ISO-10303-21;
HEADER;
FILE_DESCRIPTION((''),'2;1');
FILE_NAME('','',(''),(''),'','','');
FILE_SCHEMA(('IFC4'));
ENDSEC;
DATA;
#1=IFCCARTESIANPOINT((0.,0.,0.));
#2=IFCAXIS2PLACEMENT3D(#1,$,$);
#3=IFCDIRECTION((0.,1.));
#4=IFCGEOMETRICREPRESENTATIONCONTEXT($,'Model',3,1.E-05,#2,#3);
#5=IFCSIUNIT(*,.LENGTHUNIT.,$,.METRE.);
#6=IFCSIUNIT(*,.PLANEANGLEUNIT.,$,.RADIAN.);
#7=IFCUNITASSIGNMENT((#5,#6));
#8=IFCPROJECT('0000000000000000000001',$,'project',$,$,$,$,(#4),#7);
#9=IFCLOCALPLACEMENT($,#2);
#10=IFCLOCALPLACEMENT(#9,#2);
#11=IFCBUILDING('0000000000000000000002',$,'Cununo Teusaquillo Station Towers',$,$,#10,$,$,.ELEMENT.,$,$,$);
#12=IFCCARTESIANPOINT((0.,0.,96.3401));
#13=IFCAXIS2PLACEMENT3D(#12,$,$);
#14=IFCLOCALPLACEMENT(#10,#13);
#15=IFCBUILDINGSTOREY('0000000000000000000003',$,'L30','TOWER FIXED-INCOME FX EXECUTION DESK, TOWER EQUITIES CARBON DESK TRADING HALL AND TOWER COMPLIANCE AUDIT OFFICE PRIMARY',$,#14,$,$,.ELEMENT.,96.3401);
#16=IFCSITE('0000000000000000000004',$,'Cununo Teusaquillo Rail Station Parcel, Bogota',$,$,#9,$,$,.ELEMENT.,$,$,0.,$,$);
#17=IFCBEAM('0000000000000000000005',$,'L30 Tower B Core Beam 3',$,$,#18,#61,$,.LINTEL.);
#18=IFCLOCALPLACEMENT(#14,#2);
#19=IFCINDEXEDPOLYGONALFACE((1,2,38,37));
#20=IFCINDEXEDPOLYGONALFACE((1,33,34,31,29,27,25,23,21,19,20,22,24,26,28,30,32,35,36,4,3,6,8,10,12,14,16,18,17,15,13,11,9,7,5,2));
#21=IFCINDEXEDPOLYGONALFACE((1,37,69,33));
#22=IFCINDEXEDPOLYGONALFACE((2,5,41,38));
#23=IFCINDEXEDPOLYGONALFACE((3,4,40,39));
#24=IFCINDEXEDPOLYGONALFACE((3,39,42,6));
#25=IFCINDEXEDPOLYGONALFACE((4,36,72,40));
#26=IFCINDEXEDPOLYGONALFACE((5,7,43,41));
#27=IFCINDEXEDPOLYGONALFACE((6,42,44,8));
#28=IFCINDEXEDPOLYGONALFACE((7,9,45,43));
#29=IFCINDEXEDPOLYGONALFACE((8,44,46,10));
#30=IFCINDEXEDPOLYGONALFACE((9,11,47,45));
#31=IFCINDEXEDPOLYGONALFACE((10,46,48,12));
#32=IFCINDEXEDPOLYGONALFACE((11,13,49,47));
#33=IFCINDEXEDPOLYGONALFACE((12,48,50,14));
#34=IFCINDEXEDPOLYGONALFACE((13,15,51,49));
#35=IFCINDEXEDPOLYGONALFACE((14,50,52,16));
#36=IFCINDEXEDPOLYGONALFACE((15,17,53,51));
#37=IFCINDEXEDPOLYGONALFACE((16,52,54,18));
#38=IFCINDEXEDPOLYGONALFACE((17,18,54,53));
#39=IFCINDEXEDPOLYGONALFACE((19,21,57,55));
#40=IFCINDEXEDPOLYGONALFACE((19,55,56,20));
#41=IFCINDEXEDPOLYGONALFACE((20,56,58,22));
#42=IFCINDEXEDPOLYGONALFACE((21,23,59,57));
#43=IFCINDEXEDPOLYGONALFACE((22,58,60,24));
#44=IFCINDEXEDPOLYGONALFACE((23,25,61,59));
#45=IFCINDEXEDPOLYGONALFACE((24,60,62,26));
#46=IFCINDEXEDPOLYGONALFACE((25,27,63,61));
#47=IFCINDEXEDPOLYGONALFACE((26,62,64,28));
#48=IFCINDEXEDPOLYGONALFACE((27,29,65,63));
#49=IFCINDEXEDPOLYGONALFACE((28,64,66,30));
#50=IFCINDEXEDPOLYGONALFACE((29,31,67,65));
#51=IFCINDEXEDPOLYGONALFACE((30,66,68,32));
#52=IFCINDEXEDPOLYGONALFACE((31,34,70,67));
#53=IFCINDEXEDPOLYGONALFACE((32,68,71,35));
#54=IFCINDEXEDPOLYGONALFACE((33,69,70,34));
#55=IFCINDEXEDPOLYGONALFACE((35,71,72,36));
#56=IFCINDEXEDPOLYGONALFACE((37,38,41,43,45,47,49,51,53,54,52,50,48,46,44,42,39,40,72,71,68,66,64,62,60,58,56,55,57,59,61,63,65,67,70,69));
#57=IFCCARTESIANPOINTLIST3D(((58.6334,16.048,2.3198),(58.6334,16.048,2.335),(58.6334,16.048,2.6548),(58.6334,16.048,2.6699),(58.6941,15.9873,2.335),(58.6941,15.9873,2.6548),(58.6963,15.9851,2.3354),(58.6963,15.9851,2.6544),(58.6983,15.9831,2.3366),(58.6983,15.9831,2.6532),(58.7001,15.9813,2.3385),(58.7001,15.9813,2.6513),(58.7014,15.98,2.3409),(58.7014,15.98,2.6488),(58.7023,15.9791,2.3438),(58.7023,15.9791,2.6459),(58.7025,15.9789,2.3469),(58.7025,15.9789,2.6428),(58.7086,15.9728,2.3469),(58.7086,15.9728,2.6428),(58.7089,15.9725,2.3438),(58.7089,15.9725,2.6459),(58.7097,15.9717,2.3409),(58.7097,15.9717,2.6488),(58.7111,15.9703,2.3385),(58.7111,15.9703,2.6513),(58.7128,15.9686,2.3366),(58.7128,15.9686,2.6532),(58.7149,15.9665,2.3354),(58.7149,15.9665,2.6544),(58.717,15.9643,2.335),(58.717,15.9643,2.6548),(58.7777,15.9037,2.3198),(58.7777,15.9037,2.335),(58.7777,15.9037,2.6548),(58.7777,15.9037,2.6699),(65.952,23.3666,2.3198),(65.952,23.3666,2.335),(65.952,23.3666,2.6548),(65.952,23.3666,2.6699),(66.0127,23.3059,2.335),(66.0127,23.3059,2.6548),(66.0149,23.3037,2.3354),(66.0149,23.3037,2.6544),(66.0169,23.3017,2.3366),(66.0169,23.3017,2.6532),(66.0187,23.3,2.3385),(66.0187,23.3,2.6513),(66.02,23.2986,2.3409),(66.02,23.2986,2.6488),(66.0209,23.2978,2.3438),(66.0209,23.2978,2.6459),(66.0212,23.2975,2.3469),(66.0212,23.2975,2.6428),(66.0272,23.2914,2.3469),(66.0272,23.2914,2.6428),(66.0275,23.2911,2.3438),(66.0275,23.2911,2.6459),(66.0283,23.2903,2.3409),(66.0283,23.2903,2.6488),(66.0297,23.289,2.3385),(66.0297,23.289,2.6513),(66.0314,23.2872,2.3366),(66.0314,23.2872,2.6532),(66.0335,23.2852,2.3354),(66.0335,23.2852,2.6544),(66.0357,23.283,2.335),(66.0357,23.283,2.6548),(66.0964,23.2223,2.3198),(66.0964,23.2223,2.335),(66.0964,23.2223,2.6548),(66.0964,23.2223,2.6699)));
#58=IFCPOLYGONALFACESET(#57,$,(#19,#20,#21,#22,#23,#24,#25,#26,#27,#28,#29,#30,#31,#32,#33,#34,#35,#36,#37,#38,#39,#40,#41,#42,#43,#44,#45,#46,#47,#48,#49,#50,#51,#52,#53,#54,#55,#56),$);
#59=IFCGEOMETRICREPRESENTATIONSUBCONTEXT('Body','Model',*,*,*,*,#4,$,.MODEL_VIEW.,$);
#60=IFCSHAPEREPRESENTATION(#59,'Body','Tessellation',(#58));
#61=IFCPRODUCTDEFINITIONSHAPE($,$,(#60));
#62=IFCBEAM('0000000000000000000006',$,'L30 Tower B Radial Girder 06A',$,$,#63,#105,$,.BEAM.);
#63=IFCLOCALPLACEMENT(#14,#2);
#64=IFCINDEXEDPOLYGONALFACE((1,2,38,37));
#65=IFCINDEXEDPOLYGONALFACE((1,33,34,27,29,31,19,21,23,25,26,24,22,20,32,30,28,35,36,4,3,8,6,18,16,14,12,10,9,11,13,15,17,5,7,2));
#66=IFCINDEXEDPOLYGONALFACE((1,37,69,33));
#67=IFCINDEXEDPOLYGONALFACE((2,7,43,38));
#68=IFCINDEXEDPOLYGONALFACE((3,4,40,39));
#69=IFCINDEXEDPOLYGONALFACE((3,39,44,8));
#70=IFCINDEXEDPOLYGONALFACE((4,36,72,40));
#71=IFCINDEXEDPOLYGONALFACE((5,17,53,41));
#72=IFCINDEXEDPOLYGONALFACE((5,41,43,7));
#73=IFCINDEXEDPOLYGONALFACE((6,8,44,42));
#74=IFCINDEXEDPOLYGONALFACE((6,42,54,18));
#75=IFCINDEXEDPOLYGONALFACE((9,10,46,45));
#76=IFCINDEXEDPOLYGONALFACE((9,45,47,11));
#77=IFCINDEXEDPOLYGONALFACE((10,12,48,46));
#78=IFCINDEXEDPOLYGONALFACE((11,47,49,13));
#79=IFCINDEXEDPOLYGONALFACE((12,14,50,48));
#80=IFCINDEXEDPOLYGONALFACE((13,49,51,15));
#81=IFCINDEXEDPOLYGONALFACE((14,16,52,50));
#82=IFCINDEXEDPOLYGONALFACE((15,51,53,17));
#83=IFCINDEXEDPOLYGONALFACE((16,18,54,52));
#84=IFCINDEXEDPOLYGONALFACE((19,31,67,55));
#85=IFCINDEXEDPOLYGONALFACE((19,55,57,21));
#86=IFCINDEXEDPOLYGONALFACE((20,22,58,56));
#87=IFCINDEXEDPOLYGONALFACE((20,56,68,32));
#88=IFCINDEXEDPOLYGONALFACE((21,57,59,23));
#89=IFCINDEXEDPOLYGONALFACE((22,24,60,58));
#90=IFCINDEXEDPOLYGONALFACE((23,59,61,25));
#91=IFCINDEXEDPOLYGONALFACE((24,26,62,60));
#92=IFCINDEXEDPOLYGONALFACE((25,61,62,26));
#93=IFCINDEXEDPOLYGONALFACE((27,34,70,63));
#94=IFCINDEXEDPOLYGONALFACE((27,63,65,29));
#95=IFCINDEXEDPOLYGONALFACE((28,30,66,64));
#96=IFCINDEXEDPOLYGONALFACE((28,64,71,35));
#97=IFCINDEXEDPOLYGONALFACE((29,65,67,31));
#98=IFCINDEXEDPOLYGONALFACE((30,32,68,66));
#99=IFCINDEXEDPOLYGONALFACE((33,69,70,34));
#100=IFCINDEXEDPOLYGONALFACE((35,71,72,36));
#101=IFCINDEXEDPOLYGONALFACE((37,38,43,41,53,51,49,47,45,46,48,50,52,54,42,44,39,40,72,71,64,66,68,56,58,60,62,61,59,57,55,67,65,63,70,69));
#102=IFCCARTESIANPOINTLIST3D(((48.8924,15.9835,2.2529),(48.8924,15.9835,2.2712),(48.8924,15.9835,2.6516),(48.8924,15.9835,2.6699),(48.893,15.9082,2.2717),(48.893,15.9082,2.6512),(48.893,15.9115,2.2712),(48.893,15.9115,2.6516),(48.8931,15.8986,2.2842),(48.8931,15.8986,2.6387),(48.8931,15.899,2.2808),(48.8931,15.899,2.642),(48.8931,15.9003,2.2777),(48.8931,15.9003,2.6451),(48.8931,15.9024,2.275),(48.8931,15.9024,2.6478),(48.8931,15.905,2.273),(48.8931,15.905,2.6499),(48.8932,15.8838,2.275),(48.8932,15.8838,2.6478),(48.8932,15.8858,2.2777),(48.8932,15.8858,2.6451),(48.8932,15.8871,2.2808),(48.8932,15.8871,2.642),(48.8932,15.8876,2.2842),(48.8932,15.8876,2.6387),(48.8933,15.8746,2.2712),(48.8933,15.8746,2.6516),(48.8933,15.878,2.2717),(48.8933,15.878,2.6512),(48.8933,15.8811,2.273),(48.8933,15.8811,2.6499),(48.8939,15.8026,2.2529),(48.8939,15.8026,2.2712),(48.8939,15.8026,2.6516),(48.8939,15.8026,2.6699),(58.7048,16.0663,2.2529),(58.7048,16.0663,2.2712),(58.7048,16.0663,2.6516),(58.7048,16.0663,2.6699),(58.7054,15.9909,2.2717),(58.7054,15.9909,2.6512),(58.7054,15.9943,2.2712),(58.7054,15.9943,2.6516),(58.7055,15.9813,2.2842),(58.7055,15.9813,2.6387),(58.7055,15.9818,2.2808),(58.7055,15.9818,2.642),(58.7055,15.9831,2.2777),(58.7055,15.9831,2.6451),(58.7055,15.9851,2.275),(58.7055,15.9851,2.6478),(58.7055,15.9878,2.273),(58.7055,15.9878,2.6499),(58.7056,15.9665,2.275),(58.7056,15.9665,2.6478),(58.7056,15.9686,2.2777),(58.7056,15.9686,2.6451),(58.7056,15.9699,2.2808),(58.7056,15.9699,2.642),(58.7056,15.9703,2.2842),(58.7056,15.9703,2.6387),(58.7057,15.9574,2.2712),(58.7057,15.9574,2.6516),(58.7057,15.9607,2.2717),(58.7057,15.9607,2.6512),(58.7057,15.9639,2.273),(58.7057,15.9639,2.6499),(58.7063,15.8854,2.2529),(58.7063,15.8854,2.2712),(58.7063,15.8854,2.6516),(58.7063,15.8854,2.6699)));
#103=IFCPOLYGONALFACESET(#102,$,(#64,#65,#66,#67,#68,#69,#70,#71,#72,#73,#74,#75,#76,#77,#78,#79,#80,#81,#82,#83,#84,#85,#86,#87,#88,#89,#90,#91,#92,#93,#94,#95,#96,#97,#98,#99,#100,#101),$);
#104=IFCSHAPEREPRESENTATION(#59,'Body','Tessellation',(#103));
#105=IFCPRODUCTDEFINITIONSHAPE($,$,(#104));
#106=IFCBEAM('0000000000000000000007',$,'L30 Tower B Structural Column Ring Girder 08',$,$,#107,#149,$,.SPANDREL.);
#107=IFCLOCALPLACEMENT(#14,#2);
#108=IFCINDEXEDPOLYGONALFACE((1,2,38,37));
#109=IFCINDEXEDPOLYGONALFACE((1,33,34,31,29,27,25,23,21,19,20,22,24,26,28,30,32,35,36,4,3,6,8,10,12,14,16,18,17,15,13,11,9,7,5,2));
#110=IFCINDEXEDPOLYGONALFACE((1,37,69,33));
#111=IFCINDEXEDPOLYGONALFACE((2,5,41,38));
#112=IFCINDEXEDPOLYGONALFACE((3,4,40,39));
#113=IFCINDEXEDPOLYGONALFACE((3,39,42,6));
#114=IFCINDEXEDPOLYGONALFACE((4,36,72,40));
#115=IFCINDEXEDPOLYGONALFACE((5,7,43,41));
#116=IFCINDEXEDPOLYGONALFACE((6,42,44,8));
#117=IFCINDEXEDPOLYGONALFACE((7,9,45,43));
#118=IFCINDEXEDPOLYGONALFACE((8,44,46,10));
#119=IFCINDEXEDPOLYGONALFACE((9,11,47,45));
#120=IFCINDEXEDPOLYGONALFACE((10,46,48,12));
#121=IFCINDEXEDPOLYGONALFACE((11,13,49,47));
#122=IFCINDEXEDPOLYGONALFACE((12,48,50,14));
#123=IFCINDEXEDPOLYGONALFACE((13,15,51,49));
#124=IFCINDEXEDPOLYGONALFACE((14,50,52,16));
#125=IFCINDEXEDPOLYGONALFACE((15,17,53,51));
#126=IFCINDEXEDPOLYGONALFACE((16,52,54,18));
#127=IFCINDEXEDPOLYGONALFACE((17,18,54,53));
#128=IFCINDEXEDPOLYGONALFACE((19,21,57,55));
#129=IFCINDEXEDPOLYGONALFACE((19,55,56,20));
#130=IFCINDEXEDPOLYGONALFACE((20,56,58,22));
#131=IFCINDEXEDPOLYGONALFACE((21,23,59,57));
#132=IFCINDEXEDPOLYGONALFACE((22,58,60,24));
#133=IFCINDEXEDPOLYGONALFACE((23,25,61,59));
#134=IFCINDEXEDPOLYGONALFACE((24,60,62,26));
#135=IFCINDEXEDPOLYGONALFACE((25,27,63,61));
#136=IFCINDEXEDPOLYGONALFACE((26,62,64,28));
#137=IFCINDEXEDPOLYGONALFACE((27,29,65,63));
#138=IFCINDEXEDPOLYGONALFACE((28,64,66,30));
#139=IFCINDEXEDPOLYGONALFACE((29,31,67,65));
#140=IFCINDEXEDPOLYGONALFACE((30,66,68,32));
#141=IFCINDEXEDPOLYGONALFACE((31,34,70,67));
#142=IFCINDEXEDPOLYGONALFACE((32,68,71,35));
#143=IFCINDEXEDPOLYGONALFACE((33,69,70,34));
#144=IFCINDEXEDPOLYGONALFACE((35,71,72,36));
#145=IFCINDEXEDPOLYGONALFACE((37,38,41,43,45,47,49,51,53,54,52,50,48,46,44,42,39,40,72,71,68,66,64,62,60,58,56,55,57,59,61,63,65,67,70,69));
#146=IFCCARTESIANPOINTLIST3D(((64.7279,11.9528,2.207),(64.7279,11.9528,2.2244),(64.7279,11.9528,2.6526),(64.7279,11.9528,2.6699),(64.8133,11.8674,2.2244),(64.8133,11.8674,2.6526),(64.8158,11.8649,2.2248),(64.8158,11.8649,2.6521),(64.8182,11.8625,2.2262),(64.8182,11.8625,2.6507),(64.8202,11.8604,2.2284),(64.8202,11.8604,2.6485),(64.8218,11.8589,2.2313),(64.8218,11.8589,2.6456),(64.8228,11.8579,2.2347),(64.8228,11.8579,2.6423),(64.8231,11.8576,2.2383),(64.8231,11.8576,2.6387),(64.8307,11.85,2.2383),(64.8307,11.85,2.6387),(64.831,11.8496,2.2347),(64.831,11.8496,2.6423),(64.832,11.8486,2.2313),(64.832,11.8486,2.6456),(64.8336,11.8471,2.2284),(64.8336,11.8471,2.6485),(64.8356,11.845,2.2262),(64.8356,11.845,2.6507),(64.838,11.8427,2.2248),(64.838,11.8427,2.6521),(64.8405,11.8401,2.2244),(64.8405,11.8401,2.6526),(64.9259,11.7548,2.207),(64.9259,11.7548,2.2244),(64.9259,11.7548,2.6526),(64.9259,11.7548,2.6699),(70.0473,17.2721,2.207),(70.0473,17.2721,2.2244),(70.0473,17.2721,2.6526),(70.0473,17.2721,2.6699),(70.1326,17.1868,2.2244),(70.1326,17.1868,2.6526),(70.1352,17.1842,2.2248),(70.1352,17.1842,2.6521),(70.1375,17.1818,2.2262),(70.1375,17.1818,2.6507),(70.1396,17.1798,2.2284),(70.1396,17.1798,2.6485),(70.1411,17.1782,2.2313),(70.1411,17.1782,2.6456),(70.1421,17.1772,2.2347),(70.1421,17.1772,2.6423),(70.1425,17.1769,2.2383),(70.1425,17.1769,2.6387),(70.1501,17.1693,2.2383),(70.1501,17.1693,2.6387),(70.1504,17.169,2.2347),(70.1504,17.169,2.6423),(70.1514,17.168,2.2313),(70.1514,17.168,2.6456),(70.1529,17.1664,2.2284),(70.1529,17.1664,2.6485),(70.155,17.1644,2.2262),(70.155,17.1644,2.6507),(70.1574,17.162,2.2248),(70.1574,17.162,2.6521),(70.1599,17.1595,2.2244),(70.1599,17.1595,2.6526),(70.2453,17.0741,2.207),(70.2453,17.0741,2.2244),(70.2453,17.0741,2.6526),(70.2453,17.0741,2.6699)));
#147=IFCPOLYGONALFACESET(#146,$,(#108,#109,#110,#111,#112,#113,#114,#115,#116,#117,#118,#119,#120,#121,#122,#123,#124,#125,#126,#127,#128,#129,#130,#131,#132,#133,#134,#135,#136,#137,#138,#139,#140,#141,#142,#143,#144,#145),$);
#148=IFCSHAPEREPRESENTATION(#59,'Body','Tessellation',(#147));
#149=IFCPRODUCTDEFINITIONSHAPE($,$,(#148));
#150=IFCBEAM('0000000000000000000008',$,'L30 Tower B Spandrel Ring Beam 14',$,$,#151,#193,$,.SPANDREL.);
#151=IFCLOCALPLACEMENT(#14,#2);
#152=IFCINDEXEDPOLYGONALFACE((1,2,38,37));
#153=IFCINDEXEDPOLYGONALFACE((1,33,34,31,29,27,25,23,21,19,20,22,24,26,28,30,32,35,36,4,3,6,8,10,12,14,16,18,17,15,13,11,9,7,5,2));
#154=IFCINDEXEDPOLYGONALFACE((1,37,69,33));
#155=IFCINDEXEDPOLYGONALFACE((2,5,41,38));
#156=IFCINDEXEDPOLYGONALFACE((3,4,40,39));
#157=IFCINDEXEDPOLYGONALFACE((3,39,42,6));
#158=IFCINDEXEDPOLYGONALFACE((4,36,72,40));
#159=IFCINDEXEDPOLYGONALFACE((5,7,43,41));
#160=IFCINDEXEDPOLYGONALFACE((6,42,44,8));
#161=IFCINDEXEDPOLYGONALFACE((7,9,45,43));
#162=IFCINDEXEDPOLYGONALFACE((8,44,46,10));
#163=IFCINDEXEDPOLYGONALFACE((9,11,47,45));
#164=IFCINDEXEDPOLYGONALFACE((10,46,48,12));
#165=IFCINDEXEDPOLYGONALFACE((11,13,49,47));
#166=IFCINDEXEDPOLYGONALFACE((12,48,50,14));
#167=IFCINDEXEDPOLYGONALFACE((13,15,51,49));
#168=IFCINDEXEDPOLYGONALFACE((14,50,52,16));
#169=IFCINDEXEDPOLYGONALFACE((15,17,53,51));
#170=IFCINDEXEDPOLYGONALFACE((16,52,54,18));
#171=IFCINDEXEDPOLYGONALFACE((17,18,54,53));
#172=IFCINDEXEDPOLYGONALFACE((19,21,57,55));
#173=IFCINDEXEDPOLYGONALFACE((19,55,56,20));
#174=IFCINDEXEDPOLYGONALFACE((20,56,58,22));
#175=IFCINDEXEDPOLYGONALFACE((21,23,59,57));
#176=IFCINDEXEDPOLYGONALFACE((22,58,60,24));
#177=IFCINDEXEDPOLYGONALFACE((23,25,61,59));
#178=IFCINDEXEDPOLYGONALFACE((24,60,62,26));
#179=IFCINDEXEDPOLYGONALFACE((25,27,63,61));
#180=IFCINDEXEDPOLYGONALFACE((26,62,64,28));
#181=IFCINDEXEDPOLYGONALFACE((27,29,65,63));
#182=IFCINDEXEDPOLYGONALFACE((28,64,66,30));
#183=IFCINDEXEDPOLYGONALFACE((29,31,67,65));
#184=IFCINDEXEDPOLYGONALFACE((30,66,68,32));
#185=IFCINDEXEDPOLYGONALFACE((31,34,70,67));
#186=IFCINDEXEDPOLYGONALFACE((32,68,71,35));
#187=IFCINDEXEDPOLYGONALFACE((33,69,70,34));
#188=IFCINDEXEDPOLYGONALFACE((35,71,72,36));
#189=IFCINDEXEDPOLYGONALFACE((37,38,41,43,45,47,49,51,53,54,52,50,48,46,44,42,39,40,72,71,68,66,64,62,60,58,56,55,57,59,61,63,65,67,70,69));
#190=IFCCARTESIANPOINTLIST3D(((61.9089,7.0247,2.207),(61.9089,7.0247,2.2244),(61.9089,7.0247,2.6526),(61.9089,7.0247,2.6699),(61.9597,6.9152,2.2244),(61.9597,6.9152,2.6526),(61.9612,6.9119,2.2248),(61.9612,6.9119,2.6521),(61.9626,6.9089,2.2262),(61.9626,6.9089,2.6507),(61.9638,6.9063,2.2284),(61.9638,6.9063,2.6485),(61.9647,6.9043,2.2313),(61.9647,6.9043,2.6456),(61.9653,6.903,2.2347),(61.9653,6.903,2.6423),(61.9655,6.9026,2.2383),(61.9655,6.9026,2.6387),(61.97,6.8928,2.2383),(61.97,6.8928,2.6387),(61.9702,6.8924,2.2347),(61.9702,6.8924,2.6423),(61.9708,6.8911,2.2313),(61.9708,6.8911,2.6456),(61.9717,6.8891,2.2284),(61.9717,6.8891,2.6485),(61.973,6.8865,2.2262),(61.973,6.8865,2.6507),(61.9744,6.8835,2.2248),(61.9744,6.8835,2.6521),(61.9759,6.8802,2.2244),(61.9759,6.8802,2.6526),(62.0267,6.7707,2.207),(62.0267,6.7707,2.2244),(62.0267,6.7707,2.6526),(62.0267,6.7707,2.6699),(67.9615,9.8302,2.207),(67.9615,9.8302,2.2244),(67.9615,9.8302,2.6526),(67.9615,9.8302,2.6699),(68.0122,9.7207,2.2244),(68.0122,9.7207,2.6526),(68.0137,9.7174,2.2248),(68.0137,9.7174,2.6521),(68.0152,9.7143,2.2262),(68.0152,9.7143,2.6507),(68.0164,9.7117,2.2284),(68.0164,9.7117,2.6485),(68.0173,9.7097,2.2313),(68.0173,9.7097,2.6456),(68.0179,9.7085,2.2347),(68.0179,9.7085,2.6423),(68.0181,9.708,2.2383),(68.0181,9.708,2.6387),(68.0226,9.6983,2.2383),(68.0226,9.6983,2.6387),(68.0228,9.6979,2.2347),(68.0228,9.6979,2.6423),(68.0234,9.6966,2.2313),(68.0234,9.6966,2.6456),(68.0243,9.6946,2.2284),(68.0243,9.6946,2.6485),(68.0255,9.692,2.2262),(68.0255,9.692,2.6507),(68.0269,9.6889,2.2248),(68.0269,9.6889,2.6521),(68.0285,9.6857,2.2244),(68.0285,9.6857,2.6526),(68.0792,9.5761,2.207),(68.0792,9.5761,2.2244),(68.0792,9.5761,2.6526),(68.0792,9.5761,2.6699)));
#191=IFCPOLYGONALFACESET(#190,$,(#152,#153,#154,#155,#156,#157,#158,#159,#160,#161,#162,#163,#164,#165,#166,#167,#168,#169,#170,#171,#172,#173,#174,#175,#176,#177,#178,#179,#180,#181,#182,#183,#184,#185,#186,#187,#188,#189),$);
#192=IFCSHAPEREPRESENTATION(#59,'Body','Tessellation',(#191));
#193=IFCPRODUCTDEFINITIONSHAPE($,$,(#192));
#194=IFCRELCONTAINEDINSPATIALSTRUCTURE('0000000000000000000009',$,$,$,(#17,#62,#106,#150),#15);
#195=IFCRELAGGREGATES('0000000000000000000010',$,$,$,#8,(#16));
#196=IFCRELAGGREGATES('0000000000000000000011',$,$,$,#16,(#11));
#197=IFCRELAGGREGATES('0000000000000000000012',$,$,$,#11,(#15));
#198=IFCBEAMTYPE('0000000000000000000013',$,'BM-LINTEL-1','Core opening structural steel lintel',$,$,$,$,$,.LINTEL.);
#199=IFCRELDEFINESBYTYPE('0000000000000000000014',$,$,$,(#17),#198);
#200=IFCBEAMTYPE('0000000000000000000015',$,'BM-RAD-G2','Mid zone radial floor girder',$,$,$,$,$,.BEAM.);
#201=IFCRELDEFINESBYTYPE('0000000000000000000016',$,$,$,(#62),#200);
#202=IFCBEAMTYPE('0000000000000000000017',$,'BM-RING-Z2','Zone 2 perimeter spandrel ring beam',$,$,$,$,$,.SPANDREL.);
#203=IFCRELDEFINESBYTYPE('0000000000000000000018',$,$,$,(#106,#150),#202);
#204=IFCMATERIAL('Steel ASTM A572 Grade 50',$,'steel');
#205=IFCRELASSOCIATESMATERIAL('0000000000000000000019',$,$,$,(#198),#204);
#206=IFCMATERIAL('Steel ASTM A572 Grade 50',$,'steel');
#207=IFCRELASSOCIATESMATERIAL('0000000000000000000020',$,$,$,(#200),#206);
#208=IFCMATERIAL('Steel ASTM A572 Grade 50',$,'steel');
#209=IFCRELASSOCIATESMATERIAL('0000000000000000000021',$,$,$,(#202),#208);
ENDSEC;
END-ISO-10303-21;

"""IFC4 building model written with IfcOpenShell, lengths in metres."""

from ifc_helpers import new_model, si_unit, direction, frame, origin, origin_2d, place, context, subcontext, project, spatial, i_section, extrude, material, material_profile, profile_set, type_object, element, save


model = new_model("IFC4")

# Units and contexts
model_context = context("Model", 3, precision=1e-05, world=origin(), true_north=direction((0.0, 1.0)))
body_context = subcontext(model_context, "Body", "Model", "MODEL_VIEW")
ifc_project = project(units=[si_unit("LENGTHUNIT", "METRE"), si_unit("PLANEANGLEUNIT", "RADIAN")], contexts=[model_context])

# Site, building, storey
site_placement = place(None, origin())
site = spatial("IfcSite", under=ifc_project, at=site_placement, Name="Cununo Teusaquillo Rail Station Parcel, Bogota", CompositionType="ELEMENT", RefElevation=0.0)
building_placement = place(site_placement, origin())
building = spatial("IfcBuilding", under=site, at=building_placement, Name="Cununo Teusaquillo Station Towers", CompositionType="ELEMENT")
storey_placement = place(building_placement, frame((0.0, 0.0, 96.3401)))
storey = spatial("IfcBuildingStorey", under=building, at=storey_placement, Name="L30", Description="TOWER FIXED-INCOME FX EXECUTION DESK, TOWER EQUITIES CARBON DESK TRADING HALL AND TOWER COMPLIANCE AUDIT OFFICE PRIMARY", CompositionType="ELEMENT", Elevation=96.3401)

# Beams
ifc_material_1 = material(Name="Steel ASTM A572 Grade 50", Category="steel")
ifc_material_profile_1 = material_profile(ifc_material_1, i_section(OverallWidth=0.2041, OverallDepth=0.3501, WebThickness=0.0085, FlangeThickness=0.0151, FilletRadius=0.012, at=origin_2d()), Name="W14X48")
ifc_profile_set_1 = profile_set([ifc_material_profile_1], Name="Steel ASTM A572 Grade 50")
beam_type_1 = type_object("IfcBeamType", Name="BM-LINTEL-1", Description="Core opening structural steel lintel", PredefinedType="LINTEL", material=ifc_profile_set_1)
beam_1_placement = place(storey_placement, frame((58.7056, 15.9758, 2.4949), z_axis=(0.707107, 0.707107, 0.0), x_axis=(-0.707107, 0.707107, 0.0)))
element("IfcBeam", 1, at=beam_1_placement, inside=storey, type_object=beam_type_1, Name="L30 Tower B Core Beam 3", PredefinedType="LINTEL", context=body_context, shape_type="SweptSolid", body=[
    extrude(i_section(OverallWidth=0.2041, OverallDepth=0.3501, WebThickness=0.0085, FlangeThickness=0.0151, FilletRadius=0.012, at=origin_2d()), origin(), (0.0, 0.0, 1.0), 10.3501),
])
ifc_material_2 = material(Name="Steel ASTM A572 Grade 50", Category="steel")
ifc_material_profile_2 = material_profile(ifc_material_2, i_section(OverallWidth=0.1809, OverallDepth=0.417, WebThickness=0.011, FlangeThickness=0.0183, FilletRadius=0.0129, at=origin_2d()), Name="W16X57")
ifc_profile_set_2 = profile_set([ifc_material_profile_2], Name="Steel ASTM A572 Grade 50")
beam_type_2 = type_object("IfcBeamType", Name="BM-RAD-G2", Description="Mid zone radial floor girder", PredefinedType="BEAM", material=ifc_profile_set_2)
beam_2_placement = place(storey_placement, frame((58.7056, 15.9758, 2.4614), z_axis=(-0.999964, -0.008434, 0.0), x_axis=(0.008434, -0.999964, 0.0)))
element("IfcBeam", 2, at=beam_2_placement, inside=storey, type_object=beam_type_2, Name="L30 Tower B Radial Girder 06A", PredefinedType="BEAM", context=body_context, shape_type="SweptSolid", body=[
    extrude(i_section(OverallWidth=0.1809, OverallDepth=0.417, WebThickness=0.011, FlangeThickness=0.0183, FilletRadius=0.0129, at=origin_2d()), origin(), (0.0, 0.0, 1.0), 9.8127),
])
ifc_material_3 = material(Name="Steel ASTM A572 Grade 50", Category="steel")
ifc_material_profile_3 = material_profile(ifc_material_3, i_section(OverallWidth=0.28, OverallDepth=0.4629, WebThickness=0.0107, FlangeThickness=0.0173, FilletRadius=0.0139, at=origin_2d()), Name="W18X76")
ifc_profile_set_3 = profile_set([ifc_material_profile_3], Name="Steel ASTM A572 Grade 50")
beam_type_3 = type_object("IfcBeamType", Name="BM-RING-Z2", Description="Zone 2 perimeter spandrel ring beam", PredefinedType="SPANDREL", material=ifc_profile_set_3)
beam_3_placement = place(storey_placement, frame((64.8269, 11.8538, 2.4385), z_axis=(0.707107, 0.707107, 0.0), x_axis=(-0.707107, 0.707107, 0.0)))
element("IfcBeam", 3, at=beam_3_placement, inside=storey, type_object=beam_type_3, Name="L30 Tower B Structural Column Ring Girder 08", PredefinedType="SPANDREL", context=body_context, shape_type="SweptSolid", body=[
    extrude(i_section(OverallWidth=0.28, OverallDepth=0.4629, WebThickness=0.0107, FlangeThickness=0.0173, FilletRadius=0.0139, at=origin_2d()), origin(), (0.0, 0.0, 1.0), 7.5227),
])
beam_4_placement = place(storey_placement, frame((61.9678, 6.8977, 2.4385), z_axis=(0.907276, 0.420536, 0.0), x_axis=(-0.420536, 0.907276, 0.0)))
element("IfcBeam", 4, at=beam_4_placement, inside=storey, type_object=beam_type_3, Name="L30 Tower B Spandrel Ring Beam 14", PredefinedType="SPANDREL", context=body_context, shape_type="SweptSolid", body=[
    extrude(i_section(OverallWidth=0.28, OverallDepth=0.4629, WebThickness=0.0107, FlangeThickness=0.0173, FilletRadius=0.0139, at=origin_2d()), origin(), (0.0, 0.0, 1.0), 6.6711),
])

save(model, "model.ifc")
